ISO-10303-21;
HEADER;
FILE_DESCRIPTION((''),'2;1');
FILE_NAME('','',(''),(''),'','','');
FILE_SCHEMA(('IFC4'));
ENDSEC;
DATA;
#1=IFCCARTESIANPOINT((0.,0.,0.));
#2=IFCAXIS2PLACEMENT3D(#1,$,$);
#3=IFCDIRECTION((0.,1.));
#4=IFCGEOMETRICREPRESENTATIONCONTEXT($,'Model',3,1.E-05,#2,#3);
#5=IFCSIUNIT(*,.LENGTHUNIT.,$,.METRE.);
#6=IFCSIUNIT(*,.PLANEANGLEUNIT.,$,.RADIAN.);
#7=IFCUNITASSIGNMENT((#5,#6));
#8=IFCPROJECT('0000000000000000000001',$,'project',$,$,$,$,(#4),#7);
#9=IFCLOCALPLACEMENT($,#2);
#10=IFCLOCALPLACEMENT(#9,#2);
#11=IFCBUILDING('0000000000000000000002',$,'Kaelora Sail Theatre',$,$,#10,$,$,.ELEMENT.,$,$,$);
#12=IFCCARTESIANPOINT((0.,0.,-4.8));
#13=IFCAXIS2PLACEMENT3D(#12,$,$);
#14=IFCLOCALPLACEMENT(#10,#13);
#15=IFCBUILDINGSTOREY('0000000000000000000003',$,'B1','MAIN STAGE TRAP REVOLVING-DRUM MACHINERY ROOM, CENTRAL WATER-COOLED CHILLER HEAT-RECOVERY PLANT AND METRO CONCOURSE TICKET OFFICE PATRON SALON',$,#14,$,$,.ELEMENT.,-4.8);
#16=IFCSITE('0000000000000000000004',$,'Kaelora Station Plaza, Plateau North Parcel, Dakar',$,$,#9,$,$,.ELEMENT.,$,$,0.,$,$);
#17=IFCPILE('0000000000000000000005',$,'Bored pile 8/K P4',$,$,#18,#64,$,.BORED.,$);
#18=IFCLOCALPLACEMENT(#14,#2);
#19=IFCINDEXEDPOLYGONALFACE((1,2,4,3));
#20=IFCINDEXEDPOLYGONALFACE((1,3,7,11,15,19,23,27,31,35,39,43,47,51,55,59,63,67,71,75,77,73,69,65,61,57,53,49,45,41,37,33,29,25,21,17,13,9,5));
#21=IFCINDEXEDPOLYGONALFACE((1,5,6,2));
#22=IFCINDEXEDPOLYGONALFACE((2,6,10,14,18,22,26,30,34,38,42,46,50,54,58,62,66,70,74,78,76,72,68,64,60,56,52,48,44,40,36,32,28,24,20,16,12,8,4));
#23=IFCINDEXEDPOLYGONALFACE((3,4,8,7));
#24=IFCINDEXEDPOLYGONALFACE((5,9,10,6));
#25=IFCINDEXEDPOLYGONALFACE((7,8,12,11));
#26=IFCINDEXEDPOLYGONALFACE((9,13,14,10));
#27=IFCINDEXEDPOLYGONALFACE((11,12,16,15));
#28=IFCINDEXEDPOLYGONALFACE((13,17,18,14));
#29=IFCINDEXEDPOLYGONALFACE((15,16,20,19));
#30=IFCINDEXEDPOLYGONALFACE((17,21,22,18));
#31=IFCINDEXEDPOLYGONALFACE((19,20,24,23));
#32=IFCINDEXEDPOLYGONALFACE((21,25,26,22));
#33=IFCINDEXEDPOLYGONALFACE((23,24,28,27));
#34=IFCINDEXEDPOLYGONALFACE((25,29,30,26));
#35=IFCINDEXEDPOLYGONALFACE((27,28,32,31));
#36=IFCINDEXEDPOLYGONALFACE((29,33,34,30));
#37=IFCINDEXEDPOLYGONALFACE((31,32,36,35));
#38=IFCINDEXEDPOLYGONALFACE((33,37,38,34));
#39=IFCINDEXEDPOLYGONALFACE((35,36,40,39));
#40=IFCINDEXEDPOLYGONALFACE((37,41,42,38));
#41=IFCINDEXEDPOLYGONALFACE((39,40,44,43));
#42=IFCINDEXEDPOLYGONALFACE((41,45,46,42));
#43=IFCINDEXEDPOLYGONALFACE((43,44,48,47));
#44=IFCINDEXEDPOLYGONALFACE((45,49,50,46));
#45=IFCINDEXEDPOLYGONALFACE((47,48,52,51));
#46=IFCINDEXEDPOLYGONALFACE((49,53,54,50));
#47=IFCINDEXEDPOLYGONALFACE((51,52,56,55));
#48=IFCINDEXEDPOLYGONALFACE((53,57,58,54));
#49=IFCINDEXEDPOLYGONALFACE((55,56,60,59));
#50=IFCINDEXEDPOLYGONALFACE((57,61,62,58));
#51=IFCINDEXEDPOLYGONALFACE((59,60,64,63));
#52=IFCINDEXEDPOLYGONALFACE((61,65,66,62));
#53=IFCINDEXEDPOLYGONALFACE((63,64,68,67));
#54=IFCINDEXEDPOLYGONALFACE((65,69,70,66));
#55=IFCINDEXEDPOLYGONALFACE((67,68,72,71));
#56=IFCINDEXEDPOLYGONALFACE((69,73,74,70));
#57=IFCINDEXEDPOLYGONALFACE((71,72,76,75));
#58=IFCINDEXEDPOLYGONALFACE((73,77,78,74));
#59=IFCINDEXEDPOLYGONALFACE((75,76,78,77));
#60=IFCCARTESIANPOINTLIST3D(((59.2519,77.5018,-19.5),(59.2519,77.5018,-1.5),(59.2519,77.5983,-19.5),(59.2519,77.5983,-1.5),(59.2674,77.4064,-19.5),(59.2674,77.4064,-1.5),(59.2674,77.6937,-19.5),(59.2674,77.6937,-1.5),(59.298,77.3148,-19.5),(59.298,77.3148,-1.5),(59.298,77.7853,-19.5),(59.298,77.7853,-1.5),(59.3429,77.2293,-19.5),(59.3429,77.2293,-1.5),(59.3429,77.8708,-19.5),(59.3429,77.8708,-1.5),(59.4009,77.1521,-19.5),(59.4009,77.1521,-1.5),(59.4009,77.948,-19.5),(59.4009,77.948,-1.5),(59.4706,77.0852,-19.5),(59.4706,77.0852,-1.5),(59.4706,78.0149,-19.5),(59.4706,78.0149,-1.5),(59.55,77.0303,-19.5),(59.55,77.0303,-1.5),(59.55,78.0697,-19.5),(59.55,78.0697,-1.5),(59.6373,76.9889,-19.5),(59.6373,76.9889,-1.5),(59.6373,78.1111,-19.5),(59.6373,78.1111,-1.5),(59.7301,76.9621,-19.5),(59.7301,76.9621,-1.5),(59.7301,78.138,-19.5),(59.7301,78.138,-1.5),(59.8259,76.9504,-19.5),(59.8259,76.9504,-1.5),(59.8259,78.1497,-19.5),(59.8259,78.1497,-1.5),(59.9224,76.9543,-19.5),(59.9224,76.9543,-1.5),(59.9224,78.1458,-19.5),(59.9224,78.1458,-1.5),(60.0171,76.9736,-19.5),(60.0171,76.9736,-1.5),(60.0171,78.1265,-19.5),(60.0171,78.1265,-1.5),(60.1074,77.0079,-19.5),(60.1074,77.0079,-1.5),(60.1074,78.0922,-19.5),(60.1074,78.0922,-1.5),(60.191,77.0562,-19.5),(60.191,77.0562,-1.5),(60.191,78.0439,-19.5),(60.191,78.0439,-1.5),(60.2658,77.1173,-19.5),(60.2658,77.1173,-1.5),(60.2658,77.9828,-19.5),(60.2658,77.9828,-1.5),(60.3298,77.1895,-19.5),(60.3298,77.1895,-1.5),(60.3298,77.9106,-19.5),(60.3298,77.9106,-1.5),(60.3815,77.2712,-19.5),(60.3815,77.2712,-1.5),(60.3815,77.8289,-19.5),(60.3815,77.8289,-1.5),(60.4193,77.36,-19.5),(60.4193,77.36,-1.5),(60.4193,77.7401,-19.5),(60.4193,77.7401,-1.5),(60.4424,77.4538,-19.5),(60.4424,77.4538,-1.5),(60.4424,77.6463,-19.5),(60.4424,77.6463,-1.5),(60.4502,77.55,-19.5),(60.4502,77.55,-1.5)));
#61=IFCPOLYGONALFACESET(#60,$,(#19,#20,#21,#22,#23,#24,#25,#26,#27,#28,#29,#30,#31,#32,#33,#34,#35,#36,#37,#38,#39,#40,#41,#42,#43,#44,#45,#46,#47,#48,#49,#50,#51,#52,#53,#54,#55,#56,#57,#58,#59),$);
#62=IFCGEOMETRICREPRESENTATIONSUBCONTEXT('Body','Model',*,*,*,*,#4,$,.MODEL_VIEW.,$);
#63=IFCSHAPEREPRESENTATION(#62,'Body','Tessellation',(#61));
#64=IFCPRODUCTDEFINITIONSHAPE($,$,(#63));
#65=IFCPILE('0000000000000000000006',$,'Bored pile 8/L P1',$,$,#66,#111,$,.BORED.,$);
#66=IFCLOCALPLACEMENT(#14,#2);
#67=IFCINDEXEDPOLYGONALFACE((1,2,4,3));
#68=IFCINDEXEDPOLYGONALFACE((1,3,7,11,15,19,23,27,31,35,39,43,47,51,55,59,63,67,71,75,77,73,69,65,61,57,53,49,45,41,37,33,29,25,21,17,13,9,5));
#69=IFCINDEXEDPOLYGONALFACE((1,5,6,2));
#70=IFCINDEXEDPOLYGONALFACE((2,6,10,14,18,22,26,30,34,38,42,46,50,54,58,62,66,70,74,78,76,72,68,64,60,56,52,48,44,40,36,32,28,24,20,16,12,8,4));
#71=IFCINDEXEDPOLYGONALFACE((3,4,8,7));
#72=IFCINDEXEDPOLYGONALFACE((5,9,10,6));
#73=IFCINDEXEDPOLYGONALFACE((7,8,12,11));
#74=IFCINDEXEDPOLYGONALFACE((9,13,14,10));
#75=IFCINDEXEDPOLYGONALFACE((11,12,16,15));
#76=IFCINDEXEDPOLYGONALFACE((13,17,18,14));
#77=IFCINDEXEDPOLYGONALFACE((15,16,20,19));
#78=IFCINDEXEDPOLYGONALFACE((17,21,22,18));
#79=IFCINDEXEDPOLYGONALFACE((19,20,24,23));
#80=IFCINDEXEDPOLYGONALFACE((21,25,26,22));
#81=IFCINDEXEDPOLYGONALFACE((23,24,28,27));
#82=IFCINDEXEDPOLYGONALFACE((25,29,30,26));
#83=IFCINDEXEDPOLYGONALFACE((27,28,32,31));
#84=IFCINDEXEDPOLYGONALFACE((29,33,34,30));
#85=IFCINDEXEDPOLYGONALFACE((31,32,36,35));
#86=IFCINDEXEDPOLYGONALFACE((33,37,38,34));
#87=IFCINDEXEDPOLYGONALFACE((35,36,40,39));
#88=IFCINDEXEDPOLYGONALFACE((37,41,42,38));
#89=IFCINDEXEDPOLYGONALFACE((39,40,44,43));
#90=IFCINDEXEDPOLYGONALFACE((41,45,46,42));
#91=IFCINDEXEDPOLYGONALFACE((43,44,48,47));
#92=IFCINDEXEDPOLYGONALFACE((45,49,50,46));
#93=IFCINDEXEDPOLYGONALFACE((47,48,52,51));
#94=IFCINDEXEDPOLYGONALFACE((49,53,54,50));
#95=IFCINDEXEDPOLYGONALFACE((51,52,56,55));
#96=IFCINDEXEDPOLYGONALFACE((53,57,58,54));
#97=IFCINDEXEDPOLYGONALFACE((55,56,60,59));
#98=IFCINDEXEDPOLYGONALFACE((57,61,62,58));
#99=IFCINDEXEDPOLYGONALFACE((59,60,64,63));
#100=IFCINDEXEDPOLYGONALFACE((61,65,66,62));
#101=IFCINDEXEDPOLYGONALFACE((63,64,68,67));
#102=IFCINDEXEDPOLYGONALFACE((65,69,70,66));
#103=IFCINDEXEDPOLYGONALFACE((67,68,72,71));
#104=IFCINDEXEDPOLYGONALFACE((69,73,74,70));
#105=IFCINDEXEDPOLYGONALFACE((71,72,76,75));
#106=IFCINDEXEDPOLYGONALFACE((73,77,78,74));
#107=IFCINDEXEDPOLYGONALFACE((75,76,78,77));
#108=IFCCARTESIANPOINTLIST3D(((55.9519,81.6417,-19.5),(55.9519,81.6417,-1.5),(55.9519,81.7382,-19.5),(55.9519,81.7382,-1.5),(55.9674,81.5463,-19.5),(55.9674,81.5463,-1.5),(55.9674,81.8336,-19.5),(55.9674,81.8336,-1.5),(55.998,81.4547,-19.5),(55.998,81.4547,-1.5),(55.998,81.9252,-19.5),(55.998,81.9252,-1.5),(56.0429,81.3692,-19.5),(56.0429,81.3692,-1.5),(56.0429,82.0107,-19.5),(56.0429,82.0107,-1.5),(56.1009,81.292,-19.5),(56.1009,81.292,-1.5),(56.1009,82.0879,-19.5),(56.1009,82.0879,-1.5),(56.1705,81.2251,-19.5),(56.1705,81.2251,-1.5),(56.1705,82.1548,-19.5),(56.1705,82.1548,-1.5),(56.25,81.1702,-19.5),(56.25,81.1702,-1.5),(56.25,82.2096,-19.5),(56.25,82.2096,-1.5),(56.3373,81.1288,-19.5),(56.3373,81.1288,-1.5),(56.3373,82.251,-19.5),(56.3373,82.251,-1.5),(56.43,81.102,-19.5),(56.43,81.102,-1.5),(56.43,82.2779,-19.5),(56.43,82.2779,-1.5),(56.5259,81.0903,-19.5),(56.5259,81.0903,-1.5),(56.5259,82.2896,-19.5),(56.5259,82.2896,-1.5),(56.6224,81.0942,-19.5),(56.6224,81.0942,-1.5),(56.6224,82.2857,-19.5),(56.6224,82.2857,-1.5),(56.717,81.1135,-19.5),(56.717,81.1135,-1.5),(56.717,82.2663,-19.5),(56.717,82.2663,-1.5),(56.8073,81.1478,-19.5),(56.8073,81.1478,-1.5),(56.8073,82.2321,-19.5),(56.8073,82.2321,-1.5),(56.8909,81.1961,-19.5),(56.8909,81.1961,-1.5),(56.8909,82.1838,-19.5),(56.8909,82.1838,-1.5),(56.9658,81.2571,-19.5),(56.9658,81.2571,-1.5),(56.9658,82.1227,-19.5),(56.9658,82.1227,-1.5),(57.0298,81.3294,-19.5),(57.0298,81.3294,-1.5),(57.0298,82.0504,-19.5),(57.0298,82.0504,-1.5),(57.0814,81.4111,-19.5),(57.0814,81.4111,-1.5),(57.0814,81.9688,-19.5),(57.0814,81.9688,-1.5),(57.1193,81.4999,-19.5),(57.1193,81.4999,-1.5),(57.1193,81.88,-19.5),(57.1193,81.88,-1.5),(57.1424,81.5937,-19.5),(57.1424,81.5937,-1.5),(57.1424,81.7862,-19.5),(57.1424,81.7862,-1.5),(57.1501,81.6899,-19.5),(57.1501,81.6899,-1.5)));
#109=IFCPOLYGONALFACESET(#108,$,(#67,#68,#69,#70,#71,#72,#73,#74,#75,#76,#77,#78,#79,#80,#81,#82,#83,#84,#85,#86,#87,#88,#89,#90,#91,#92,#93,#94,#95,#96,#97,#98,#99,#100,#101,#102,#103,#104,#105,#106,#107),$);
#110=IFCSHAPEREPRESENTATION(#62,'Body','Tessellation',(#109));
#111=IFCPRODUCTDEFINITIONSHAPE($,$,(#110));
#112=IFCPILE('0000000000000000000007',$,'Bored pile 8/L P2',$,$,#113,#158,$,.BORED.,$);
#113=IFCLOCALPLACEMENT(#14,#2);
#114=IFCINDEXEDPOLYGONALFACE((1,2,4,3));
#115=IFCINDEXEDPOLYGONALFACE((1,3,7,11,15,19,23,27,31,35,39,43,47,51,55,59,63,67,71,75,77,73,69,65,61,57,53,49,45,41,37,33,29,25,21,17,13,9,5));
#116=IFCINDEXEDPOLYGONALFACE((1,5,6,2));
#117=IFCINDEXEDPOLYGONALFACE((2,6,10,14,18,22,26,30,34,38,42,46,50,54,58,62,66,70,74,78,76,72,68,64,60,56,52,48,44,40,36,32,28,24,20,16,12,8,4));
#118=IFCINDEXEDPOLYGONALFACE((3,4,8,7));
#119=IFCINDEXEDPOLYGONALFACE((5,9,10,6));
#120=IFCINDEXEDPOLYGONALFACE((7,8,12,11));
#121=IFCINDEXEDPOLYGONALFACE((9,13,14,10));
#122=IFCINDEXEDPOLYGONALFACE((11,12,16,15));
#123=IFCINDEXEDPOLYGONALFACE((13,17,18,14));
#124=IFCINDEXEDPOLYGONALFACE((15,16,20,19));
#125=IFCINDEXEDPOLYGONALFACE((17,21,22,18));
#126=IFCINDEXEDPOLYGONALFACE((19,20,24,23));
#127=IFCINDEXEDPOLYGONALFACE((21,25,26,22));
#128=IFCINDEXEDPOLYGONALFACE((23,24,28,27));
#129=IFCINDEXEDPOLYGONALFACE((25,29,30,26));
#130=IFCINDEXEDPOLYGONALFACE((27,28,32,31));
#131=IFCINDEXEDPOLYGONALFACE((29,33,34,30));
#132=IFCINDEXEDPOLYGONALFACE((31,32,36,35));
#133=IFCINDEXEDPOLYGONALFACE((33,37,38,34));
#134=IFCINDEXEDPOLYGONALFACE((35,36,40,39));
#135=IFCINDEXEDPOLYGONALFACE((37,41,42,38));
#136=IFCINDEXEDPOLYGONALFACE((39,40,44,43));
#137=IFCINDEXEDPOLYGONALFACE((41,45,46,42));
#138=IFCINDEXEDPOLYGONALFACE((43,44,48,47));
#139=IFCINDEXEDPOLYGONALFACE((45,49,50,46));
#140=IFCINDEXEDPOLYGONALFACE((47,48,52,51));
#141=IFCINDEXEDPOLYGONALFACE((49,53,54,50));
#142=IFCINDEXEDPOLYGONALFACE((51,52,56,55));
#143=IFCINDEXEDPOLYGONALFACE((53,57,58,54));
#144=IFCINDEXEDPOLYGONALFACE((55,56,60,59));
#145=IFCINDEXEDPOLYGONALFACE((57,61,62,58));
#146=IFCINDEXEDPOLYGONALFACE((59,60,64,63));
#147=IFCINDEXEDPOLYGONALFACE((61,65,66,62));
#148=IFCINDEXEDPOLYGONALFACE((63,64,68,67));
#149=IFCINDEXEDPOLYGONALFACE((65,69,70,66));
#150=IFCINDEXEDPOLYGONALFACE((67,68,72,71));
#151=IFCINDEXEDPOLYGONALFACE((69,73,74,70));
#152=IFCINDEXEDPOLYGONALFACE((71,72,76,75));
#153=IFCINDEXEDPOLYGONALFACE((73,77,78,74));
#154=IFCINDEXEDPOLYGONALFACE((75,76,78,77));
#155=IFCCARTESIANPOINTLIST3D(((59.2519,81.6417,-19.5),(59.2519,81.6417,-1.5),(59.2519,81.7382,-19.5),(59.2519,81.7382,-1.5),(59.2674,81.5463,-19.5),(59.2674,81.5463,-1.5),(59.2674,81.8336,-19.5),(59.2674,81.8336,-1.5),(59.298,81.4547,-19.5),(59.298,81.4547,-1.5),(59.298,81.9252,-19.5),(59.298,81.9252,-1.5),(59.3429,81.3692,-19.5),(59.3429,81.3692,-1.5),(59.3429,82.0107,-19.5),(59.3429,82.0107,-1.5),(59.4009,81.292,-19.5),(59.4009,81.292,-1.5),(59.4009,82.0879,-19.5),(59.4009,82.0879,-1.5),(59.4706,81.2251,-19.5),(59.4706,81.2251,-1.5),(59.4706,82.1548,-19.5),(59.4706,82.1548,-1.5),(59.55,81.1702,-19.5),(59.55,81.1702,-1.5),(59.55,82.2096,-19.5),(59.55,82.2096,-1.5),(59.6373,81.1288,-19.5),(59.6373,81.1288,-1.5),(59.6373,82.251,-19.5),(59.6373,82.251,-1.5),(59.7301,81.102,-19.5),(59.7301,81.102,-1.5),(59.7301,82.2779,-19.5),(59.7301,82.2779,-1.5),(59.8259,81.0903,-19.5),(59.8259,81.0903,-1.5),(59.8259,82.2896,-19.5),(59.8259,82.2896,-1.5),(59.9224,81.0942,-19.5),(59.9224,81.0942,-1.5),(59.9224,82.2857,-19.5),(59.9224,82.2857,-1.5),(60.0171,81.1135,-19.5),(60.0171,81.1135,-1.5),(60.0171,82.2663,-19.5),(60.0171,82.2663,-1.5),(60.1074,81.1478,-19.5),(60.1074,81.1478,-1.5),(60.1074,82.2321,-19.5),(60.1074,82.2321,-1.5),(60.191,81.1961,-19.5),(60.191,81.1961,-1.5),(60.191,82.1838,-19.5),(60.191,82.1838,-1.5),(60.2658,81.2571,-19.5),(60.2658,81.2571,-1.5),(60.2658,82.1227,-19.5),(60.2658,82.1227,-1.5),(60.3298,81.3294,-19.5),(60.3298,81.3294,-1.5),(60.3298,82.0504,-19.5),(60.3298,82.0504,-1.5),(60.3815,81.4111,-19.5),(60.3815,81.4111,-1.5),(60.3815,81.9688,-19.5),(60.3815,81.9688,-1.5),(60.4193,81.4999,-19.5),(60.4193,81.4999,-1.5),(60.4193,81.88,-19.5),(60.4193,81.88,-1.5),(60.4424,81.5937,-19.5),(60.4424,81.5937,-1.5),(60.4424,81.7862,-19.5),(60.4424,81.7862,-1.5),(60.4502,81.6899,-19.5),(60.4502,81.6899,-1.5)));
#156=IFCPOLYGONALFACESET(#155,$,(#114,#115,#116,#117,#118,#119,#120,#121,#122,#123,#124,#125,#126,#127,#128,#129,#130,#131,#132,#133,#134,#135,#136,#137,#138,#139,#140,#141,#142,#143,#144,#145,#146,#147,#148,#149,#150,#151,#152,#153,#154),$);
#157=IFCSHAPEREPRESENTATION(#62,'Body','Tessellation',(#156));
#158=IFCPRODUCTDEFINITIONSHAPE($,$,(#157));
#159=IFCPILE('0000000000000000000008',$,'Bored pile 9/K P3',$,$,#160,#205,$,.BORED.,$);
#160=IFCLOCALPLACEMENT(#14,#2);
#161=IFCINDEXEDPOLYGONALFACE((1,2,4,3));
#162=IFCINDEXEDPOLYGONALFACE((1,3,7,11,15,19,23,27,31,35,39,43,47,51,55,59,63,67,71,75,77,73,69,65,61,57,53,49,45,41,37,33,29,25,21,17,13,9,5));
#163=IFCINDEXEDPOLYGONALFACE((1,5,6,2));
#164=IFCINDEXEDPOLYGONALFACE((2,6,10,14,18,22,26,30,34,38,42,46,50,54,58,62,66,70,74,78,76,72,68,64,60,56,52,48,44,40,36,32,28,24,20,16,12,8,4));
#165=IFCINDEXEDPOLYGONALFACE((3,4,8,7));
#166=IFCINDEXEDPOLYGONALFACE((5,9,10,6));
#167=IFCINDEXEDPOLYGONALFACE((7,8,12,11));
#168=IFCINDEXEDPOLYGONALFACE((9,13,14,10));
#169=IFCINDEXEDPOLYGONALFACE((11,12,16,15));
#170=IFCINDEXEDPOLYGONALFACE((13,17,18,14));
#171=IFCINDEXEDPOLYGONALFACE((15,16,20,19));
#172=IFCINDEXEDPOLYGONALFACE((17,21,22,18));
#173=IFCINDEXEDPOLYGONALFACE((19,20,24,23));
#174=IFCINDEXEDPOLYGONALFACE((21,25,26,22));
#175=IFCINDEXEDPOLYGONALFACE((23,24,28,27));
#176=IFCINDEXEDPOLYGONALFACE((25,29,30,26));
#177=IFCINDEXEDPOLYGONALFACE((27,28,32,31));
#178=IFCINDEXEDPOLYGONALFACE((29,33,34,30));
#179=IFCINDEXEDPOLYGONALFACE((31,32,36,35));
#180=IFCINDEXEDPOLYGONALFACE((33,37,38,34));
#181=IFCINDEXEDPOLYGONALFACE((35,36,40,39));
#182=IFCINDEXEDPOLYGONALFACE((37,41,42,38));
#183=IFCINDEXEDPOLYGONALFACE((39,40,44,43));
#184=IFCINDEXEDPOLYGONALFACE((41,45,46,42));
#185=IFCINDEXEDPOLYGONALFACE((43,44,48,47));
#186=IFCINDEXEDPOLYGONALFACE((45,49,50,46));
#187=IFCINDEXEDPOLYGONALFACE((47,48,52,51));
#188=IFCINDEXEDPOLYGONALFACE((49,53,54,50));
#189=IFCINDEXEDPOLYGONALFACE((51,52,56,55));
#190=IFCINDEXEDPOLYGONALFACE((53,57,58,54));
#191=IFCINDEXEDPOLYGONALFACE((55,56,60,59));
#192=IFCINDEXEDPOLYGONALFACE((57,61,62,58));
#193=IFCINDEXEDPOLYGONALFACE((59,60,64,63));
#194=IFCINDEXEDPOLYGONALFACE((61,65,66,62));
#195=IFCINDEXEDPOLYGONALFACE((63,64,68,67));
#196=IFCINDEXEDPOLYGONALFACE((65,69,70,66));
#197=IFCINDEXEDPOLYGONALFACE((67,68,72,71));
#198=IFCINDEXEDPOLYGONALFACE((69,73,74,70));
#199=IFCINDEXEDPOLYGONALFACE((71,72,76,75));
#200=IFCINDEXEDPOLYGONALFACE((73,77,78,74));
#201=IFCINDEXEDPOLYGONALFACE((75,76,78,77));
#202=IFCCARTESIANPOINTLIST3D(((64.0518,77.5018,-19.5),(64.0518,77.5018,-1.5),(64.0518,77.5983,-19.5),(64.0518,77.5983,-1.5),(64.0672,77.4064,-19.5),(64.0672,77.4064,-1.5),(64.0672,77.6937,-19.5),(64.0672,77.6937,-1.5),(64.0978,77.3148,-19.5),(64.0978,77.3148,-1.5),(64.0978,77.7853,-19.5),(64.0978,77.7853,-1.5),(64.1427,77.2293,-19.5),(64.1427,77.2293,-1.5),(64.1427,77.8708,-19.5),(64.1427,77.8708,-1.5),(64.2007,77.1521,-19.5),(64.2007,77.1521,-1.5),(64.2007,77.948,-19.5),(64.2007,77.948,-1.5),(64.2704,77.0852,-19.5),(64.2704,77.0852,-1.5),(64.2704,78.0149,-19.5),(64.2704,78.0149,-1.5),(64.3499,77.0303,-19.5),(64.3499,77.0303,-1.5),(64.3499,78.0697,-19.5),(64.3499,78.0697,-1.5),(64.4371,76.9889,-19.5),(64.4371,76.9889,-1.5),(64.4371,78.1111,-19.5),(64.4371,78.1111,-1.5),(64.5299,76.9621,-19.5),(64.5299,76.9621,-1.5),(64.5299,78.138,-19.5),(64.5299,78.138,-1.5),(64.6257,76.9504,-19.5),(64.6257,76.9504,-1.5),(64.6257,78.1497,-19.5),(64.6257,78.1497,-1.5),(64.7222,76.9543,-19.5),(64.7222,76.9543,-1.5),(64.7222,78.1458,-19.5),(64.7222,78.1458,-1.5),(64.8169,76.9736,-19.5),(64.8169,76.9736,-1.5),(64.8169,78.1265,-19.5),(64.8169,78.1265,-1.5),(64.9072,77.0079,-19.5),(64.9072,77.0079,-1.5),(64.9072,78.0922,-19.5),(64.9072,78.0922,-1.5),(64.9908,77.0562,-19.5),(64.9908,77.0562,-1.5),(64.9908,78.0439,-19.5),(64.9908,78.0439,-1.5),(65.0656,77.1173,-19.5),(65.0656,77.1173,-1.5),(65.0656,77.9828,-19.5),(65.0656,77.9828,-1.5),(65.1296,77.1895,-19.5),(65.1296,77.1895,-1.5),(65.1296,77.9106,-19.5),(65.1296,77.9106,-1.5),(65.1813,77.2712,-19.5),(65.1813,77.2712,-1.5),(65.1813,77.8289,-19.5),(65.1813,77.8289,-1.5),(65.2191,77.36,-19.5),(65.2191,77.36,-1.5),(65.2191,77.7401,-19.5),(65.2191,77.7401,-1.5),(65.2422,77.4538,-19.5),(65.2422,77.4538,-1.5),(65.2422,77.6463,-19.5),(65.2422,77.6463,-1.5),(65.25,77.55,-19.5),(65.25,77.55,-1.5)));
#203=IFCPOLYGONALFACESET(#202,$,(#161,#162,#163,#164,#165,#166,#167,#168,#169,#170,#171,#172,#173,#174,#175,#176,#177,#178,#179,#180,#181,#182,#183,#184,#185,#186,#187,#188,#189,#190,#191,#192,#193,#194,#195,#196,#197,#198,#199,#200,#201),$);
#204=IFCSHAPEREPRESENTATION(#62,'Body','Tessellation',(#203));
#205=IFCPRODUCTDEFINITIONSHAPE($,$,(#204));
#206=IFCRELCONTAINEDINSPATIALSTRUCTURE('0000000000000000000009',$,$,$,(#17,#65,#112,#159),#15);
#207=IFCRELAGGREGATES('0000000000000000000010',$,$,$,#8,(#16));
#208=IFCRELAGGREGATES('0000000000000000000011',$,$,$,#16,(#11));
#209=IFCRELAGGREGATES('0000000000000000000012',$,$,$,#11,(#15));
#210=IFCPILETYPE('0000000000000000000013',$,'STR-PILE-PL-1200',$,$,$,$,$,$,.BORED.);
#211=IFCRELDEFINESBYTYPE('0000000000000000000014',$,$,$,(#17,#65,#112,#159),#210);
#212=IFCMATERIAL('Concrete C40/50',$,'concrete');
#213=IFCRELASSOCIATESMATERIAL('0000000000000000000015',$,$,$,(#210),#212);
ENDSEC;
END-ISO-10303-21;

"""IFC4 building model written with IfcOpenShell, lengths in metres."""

from ifc_helpers import new_model, si_unit, direction, frame, origin, origin_2d, place, context, subcontext, project, spatial, circle, extrude, material, material_profile, profile_set, type_object, element, save


model = new_model("IFC4")

# Units and contexts
model_context = context("Model", 3, precision=1e-05, world=origin(), true_north=direction((0.0, 1.0)))
body_context = subcontext(model_context, "Body", "Model", "MODEL_VIEW")
ifc_project = project(units=[si_unit("LENGTHUNIT", "METRE"), si_unit("PLANEANGLEUNIT", "RADIAN")], contexts=[model_context])

# Site, building, storey
site_placement = place(None, origin())
site = spatial("IfcSite", under=ifc_project, at=site_placement, Name="Kaelora Station Plaza, Plateau North Parcel, Dakar", CompositionType="ELEMENT", RefElevation=0.0)
building_placement = place(site_placement, origin())
building = spatial("IfcBuilding", under=site, at=building_placement, Name="Kaelora Sail Theatre", CompositionType="ELEMENT")
storey_placement = place(building_placement, frame((0.0, 0.0, -4.8)))
storey = spatial("IfcBuildingStorey", under=building, at=storey_placement, Name="B1", Description="MAIN STAGE TRAP REVOLVING-DRUM MACHINERY ROOM, CENTRAL WATER-COOLED CHILLER HEAT-RECOVERY PLANT AND METRO CONCOURSE TICKET OFFICE PATRON SALON", CompositionType="ELEMENT", Elevation=-4.8)

# Piles
ifc_material_1 = material(Name="Concrete C40/50", Category="concrete")
ifc_material_profile_1 = material_profile(ifc_material_1, circle(Radius=0.6001, at=origin_2d()), Name="PILE D1200")
ifc_profile_set_1 = profile_set([ifc_material_profile_1], Name="Concrete C40/50")
pile_type_1 = type_object("IfcPileType", Name="STR-PILE-PL-1200", PredefinedType="BORED", material=ifc_profile_set_1)
for number, where, z_axis, x_axis, name in (
    (1, (59.8501, 77.55, -1.5), (0.0, 0.0, -1.0), (1.0, 0.0, 0.0), "Bored pile 8/K P4"),
    (2, (56.55, 81.6899, -1.5), (0.0, 0.0, -1.0), (1.0, 0.0, 0.0), "Bored pile 8/L P1"),
    (3, (59.8501, 81.6899, -1.5), (0.0, 0.0, -1.0), (1.0, 0.0, 0.0), "Bored pile 8/L P2"),
    (4, (64.6499, 77.55, -1.5), (0.0, 0.0, -1.0), (1.0, 0.0, 0.0), "Bored pile 9/K P3"),
):
    element("IfcPile", number, at=place(storey_placement, frame(where, z_axis=z_axis, x_axis=x_axis)), inside=storey, type_object=pile_type_1, Name=name, PredefinedType="BORED", context=body_context, shape_type="SweptSolid", body=[
        extrude(circle(Radius=0.6001, at=origin_2d()), origin(), (0.0, 0.0, 1.0), 18.0),
    ])

save(model, "model.ifc")
